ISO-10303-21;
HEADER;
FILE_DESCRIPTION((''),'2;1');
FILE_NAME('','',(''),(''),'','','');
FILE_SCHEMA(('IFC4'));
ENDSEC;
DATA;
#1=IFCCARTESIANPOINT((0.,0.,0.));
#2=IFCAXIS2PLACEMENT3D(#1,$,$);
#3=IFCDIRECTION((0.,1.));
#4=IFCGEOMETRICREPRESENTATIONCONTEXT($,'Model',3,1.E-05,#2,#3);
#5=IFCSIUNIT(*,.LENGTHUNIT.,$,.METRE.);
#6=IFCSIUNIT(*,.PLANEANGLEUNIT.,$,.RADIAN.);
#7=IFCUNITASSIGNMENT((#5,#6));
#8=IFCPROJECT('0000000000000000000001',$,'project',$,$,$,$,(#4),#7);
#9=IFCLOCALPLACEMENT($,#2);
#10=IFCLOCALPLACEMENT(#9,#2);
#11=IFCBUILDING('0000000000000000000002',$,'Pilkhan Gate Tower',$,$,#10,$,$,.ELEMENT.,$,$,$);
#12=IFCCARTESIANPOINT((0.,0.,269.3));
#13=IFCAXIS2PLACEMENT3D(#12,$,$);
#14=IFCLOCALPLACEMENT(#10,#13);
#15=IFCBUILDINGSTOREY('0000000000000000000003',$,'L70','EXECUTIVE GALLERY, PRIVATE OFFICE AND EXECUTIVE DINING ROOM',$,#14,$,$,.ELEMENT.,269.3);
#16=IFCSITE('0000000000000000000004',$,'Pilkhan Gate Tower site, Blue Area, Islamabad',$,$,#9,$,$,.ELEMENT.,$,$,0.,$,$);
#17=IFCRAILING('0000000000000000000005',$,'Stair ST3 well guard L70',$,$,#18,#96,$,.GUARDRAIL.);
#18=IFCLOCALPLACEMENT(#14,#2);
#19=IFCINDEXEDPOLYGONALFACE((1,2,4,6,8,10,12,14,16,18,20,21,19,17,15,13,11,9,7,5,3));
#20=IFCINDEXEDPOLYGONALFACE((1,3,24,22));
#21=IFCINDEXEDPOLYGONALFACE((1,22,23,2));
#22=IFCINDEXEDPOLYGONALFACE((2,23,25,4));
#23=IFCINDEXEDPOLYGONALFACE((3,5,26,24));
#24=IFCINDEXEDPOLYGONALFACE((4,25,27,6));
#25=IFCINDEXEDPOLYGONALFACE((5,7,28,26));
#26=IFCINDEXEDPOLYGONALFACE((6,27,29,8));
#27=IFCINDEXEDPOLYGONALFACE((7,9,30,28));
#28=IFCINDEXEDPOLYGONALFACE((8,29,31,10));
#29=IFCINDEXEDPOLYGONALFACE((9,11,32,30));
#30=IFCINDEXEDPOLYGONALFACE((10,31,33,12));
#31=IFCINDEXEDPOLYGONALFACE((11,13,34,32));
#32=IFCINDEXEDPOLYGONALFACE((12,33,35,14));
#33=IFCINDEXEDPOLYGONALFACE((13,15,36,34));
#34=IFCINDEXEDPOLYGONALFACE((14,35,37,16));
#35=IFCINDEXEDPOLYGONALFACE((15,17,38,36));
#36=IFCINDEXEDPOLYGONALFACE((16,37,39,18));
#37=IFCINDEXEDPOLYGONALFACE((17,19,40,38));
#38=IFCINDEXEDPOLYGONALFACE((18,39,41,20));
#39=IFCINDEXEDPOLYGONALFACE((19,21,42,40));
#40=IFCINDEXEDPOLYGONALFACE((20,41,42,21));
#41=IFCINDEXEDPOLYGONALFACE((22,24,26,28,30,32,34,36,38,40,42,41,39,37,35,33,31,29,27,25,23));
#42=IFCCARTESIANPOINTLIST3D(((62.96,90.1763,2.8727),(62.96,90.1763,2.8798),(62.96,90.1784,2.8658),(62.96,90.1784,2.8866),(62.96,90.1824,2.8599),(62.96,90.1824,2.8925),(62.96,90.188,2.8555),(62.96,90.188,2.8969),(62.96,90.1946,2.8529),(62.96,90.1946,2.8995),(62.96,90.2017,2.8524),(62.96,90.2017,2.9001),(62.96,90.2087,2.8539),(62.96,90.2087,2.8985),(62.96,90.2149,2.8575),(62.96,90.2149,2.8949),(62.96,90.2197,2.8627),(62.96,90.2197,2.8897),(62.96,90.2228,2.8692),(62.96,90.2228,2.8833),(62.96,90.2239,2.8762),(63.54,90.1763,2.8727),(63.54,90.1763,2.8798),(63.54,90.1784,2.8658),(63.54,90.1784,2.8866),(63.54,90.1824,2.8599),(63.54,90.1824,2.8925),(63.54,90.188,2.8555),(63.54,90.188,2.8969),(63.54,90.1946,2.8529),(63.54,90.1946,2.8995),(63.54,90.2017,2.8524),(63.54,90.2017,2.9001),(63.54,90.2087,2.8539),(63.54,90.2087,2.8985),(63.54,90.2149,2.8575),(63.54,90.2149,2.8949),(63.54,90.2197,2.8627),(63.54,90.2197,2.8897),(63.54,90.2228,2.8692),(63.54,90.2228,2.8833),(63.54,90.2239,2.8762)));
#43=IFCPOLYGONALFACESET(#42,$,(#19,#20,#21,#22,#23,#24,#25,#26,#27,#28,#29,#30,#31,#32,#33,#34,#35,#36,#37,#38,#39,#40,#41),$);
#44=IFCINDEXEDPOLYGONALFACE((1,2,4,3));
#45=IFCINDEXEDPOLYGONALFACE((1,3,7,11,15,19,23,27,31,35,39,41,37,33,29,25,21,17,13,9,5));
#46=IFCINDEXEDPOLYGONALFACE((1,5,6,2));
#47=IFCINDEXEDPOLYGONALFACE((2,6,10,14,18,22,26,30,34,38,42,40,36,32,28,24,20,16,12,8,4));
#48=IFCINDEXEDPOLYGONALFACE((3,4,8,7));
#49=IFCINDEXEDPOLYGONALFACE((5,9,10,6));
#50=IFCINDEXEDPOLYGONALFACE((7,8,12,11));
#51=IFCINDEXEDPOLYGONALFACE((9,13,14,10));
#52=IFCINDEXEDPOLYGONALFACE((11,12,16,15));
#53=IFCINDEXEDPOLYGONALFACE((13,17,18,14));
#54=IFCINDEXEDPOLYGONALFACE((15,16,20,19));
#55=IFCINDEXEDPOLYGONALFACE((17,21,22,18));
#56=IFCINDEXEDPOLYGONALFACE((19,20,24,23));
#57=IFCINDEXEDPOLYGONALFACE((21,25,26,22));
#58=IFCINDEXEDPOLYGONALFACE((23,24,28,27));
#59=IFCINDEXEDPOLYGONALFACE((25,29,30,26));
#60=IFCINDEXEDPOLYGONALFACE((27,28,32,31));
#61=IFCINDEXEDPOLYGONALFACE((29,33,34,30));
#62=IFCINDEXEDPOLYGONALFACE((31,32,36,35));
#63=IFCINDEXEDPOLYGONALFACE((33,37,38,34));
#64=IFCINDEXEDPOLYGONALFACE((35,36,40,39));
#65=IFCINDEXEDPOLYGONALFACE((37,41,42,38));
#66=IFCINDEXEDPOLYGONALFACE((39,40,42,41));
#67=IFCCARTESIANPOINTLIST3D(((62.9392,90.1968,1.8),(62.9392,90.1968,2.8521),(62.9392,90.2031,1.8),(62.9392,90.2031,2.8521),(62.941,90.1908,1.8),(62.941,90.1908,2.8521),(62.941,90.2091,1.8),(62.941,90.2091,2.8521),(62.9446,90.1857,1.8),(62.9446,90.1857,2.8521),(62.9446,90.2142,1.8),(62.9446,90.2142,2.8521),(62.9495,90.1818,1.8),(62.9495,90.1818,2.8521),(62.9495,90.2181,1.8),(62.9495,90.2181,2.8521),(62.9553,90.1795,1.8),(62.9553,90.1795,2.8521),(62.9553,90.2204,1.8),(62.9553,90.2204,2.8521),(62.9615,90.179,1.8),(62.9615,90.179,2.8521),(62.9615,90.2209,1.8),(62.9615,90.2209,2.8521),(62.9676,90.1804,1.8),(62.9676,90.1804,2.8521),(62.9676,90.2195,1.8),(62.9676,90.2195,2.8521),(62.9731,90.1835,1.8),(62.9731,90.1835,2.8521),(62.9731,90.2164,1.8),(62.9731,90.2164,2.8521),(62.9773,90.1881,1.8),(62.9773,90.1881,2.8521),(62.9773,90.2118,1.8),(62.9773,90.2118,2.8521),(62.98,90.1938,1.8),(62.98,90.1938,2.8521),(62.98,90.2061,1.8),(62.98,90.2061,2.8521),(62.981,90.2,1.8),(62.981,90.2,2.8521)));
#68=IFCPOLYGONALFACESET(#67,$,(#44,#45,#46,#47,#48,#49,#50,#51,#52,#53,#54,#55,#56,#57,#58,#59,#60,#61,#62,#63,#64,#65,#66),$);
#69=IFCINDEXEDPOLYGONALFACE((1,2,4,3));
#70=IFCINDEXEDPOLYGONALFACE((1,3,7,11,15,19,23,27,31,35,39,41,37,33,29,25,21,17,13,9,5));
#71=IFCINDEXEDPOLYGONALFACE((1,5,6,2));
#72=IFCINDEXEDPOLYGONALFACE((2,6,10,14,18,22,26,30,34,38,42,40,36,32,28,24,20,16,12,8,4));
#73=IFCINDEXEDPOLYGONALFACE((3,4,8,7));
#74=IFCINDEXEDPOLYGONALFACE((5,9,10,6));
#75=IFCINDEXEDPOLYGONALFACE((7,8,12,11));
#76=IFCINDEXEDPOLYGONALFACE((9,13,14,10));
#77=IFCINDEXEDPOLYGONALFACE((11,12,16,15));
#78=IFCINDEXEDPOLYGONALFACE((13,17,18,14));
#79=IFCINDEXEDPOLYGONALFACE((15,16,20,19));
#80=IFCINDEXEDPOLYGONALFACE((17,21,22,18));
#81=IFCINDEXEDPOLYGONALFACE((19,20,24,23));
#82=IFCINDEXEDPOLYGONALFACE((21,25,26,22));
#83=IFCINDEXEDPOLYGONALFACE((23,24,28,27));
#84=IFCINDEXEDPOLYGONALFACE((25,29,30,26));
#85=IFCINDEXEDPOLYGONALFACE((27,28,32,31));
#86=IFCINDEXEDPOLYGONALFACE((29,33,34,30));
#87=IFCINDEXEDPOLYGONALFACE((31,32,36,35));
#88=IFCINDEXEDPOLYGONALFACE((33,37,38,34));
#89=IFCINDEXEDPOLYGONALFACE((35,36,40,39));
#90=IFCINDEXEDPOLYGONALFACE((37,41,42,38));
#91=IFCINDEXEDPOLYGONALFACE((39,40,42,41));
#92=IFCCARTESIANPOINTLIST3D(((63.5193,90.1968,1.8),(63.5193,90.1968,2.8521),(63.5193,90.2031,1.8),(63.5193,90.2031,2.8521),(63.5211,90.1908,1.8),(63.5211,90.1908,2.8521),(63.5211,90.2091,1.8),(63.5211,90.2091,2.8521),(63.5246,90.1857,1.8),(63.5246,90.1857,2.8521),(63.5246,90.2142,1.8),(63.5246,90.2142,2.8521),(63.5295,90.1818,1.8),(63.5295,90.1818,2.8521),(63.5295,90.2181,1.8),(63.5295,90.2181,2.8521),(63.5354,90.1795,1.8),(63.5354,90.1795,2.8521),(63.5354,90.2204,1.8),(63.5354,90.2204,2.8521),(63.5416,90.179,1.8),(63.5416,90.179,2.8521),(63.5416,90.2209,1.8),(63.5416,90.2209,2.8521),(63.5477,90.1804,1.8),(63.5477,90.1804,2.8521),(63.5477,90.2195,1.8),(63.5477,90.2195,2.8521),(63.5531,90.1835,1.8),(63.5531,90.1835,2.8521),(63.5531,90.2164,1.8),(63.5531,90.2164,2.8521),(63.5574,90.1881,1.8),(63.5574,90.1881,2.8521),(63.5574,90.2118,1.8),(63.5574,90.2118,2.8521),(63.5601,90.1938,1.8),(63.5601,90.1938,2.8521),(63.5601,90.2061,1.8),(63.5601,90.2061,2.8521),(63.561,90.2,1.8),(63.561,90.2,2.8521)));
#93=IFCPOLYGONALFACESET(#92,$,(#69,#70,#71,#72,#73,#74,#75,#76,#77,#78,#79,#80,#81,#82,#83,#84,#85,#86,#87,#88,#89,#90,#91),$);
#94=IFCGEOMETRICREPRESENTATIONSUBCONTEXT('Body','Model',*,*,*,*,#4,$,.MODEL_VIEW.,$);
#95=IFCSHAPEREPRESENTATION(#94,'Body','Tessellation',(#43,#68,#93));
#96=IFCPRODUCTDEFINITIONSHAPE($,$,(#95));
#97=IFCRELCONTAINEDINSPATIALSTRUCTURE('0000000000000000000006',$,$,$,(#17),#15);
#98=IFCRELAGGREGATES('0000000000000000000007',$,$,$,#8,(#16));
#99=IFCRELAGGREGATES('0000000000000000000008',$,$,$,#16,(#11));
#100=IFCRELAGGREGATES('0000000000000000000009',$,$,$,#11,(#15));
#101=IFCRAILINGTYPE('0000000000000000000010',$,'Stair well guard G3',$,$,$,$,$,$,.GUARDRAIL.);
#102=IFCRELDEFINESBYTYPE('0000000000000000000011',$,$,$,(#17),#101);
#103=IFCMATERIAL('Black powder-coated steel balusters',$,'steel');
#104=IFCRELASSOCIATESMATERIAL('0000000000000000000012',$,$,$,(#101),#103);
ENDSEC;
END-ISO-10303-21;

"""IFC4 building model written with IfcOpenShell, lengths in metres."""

from ifc_helpers import new_model, si_unit, direction, frame, origin, origin_2d, place, context, subcontext, project, spatial, circle, extrude, material, type_object, element, save


model = new_model("IFC4")

# Units and contexts
model_context = context("Model", 3, precision=1e-05, world=origin(), true_north=direction((0.0, 1.0)))
body_context = subcontext(model_context, "Body", "Model", "MODEL_VIEW")
ifc_project = project(units=[si_unit("LENGTHUNIT", "METRE"), si_unit("PLANEANGLEUNIT", "RADIAN")], contexts=[model_context])

# Site, building, storey
site_placement = place(None, origin())
site = spatial("IfcSite", under=ifc_project, at=site_placement, Name="Pilkhan Gate Tower site, Blue Area, Islamabad", CompositionType="ELEMENT", RefElevation=0.0)
building_placement = place(site_placement, origin())
building = spatial("IfcBuilding", under=site, at=building_placement, Name="Pilkhan Gate Tower", CompositionType="ELEMENT")
storey_placement = place(building_placement, frame((0.0, 0.0, 269.3)))
storey = spatial("IfcBuildingStorey", under=building, at=storey_placement, Name="L70", Description="EXECUTIVE GALLERY, PRIVATE OFFICE AND EXECUTIVE DINING ROOM", CompositionType="ELEMENT", Elevation=269.3)

# Railing
ifc_material_1 = material(Name="Black powder-coated steel balusters", Category="steel")
railing_type_1 = type_object("IfcRailingType", Name="Stair well guard G3", PredefinedType="GUARDRAIL", material=ifc_material_1)
for number, where, name in (
    (1, (62.96, 90.2, 1.8), "Stair ST3 well guard L70"),
):
    element("IfcRailing", number, at=place(storey_placement, frame(where)), inside=storey, type_object=railing_type_1, Name=name, PredefinedType="GUARDRAIL", context=body_context, shape_type="SweptSolid", body=[
        extrude(circle(Radius=0.0239, at=origin_2d()), frame((0.0, 0.0, 1.0762), z_axis=(1.0, 0.0, 0.0), x_axis=(0.0, 1.0, 0.0)), (0.0, 0.0, 1.0), 0.5801),
        extrude(circle(Radius=0.021, at=origin_2d()), origin(), (0.0, 0.0, 1.0), 1.052),
        extrude(circle(Radius=0.021, at=origin_2d()), frame((0.5801, 0.0, 0.0)), (0.0, 0.0, 1.0), 1.052),
    ])

save(model, "model.ifc")
